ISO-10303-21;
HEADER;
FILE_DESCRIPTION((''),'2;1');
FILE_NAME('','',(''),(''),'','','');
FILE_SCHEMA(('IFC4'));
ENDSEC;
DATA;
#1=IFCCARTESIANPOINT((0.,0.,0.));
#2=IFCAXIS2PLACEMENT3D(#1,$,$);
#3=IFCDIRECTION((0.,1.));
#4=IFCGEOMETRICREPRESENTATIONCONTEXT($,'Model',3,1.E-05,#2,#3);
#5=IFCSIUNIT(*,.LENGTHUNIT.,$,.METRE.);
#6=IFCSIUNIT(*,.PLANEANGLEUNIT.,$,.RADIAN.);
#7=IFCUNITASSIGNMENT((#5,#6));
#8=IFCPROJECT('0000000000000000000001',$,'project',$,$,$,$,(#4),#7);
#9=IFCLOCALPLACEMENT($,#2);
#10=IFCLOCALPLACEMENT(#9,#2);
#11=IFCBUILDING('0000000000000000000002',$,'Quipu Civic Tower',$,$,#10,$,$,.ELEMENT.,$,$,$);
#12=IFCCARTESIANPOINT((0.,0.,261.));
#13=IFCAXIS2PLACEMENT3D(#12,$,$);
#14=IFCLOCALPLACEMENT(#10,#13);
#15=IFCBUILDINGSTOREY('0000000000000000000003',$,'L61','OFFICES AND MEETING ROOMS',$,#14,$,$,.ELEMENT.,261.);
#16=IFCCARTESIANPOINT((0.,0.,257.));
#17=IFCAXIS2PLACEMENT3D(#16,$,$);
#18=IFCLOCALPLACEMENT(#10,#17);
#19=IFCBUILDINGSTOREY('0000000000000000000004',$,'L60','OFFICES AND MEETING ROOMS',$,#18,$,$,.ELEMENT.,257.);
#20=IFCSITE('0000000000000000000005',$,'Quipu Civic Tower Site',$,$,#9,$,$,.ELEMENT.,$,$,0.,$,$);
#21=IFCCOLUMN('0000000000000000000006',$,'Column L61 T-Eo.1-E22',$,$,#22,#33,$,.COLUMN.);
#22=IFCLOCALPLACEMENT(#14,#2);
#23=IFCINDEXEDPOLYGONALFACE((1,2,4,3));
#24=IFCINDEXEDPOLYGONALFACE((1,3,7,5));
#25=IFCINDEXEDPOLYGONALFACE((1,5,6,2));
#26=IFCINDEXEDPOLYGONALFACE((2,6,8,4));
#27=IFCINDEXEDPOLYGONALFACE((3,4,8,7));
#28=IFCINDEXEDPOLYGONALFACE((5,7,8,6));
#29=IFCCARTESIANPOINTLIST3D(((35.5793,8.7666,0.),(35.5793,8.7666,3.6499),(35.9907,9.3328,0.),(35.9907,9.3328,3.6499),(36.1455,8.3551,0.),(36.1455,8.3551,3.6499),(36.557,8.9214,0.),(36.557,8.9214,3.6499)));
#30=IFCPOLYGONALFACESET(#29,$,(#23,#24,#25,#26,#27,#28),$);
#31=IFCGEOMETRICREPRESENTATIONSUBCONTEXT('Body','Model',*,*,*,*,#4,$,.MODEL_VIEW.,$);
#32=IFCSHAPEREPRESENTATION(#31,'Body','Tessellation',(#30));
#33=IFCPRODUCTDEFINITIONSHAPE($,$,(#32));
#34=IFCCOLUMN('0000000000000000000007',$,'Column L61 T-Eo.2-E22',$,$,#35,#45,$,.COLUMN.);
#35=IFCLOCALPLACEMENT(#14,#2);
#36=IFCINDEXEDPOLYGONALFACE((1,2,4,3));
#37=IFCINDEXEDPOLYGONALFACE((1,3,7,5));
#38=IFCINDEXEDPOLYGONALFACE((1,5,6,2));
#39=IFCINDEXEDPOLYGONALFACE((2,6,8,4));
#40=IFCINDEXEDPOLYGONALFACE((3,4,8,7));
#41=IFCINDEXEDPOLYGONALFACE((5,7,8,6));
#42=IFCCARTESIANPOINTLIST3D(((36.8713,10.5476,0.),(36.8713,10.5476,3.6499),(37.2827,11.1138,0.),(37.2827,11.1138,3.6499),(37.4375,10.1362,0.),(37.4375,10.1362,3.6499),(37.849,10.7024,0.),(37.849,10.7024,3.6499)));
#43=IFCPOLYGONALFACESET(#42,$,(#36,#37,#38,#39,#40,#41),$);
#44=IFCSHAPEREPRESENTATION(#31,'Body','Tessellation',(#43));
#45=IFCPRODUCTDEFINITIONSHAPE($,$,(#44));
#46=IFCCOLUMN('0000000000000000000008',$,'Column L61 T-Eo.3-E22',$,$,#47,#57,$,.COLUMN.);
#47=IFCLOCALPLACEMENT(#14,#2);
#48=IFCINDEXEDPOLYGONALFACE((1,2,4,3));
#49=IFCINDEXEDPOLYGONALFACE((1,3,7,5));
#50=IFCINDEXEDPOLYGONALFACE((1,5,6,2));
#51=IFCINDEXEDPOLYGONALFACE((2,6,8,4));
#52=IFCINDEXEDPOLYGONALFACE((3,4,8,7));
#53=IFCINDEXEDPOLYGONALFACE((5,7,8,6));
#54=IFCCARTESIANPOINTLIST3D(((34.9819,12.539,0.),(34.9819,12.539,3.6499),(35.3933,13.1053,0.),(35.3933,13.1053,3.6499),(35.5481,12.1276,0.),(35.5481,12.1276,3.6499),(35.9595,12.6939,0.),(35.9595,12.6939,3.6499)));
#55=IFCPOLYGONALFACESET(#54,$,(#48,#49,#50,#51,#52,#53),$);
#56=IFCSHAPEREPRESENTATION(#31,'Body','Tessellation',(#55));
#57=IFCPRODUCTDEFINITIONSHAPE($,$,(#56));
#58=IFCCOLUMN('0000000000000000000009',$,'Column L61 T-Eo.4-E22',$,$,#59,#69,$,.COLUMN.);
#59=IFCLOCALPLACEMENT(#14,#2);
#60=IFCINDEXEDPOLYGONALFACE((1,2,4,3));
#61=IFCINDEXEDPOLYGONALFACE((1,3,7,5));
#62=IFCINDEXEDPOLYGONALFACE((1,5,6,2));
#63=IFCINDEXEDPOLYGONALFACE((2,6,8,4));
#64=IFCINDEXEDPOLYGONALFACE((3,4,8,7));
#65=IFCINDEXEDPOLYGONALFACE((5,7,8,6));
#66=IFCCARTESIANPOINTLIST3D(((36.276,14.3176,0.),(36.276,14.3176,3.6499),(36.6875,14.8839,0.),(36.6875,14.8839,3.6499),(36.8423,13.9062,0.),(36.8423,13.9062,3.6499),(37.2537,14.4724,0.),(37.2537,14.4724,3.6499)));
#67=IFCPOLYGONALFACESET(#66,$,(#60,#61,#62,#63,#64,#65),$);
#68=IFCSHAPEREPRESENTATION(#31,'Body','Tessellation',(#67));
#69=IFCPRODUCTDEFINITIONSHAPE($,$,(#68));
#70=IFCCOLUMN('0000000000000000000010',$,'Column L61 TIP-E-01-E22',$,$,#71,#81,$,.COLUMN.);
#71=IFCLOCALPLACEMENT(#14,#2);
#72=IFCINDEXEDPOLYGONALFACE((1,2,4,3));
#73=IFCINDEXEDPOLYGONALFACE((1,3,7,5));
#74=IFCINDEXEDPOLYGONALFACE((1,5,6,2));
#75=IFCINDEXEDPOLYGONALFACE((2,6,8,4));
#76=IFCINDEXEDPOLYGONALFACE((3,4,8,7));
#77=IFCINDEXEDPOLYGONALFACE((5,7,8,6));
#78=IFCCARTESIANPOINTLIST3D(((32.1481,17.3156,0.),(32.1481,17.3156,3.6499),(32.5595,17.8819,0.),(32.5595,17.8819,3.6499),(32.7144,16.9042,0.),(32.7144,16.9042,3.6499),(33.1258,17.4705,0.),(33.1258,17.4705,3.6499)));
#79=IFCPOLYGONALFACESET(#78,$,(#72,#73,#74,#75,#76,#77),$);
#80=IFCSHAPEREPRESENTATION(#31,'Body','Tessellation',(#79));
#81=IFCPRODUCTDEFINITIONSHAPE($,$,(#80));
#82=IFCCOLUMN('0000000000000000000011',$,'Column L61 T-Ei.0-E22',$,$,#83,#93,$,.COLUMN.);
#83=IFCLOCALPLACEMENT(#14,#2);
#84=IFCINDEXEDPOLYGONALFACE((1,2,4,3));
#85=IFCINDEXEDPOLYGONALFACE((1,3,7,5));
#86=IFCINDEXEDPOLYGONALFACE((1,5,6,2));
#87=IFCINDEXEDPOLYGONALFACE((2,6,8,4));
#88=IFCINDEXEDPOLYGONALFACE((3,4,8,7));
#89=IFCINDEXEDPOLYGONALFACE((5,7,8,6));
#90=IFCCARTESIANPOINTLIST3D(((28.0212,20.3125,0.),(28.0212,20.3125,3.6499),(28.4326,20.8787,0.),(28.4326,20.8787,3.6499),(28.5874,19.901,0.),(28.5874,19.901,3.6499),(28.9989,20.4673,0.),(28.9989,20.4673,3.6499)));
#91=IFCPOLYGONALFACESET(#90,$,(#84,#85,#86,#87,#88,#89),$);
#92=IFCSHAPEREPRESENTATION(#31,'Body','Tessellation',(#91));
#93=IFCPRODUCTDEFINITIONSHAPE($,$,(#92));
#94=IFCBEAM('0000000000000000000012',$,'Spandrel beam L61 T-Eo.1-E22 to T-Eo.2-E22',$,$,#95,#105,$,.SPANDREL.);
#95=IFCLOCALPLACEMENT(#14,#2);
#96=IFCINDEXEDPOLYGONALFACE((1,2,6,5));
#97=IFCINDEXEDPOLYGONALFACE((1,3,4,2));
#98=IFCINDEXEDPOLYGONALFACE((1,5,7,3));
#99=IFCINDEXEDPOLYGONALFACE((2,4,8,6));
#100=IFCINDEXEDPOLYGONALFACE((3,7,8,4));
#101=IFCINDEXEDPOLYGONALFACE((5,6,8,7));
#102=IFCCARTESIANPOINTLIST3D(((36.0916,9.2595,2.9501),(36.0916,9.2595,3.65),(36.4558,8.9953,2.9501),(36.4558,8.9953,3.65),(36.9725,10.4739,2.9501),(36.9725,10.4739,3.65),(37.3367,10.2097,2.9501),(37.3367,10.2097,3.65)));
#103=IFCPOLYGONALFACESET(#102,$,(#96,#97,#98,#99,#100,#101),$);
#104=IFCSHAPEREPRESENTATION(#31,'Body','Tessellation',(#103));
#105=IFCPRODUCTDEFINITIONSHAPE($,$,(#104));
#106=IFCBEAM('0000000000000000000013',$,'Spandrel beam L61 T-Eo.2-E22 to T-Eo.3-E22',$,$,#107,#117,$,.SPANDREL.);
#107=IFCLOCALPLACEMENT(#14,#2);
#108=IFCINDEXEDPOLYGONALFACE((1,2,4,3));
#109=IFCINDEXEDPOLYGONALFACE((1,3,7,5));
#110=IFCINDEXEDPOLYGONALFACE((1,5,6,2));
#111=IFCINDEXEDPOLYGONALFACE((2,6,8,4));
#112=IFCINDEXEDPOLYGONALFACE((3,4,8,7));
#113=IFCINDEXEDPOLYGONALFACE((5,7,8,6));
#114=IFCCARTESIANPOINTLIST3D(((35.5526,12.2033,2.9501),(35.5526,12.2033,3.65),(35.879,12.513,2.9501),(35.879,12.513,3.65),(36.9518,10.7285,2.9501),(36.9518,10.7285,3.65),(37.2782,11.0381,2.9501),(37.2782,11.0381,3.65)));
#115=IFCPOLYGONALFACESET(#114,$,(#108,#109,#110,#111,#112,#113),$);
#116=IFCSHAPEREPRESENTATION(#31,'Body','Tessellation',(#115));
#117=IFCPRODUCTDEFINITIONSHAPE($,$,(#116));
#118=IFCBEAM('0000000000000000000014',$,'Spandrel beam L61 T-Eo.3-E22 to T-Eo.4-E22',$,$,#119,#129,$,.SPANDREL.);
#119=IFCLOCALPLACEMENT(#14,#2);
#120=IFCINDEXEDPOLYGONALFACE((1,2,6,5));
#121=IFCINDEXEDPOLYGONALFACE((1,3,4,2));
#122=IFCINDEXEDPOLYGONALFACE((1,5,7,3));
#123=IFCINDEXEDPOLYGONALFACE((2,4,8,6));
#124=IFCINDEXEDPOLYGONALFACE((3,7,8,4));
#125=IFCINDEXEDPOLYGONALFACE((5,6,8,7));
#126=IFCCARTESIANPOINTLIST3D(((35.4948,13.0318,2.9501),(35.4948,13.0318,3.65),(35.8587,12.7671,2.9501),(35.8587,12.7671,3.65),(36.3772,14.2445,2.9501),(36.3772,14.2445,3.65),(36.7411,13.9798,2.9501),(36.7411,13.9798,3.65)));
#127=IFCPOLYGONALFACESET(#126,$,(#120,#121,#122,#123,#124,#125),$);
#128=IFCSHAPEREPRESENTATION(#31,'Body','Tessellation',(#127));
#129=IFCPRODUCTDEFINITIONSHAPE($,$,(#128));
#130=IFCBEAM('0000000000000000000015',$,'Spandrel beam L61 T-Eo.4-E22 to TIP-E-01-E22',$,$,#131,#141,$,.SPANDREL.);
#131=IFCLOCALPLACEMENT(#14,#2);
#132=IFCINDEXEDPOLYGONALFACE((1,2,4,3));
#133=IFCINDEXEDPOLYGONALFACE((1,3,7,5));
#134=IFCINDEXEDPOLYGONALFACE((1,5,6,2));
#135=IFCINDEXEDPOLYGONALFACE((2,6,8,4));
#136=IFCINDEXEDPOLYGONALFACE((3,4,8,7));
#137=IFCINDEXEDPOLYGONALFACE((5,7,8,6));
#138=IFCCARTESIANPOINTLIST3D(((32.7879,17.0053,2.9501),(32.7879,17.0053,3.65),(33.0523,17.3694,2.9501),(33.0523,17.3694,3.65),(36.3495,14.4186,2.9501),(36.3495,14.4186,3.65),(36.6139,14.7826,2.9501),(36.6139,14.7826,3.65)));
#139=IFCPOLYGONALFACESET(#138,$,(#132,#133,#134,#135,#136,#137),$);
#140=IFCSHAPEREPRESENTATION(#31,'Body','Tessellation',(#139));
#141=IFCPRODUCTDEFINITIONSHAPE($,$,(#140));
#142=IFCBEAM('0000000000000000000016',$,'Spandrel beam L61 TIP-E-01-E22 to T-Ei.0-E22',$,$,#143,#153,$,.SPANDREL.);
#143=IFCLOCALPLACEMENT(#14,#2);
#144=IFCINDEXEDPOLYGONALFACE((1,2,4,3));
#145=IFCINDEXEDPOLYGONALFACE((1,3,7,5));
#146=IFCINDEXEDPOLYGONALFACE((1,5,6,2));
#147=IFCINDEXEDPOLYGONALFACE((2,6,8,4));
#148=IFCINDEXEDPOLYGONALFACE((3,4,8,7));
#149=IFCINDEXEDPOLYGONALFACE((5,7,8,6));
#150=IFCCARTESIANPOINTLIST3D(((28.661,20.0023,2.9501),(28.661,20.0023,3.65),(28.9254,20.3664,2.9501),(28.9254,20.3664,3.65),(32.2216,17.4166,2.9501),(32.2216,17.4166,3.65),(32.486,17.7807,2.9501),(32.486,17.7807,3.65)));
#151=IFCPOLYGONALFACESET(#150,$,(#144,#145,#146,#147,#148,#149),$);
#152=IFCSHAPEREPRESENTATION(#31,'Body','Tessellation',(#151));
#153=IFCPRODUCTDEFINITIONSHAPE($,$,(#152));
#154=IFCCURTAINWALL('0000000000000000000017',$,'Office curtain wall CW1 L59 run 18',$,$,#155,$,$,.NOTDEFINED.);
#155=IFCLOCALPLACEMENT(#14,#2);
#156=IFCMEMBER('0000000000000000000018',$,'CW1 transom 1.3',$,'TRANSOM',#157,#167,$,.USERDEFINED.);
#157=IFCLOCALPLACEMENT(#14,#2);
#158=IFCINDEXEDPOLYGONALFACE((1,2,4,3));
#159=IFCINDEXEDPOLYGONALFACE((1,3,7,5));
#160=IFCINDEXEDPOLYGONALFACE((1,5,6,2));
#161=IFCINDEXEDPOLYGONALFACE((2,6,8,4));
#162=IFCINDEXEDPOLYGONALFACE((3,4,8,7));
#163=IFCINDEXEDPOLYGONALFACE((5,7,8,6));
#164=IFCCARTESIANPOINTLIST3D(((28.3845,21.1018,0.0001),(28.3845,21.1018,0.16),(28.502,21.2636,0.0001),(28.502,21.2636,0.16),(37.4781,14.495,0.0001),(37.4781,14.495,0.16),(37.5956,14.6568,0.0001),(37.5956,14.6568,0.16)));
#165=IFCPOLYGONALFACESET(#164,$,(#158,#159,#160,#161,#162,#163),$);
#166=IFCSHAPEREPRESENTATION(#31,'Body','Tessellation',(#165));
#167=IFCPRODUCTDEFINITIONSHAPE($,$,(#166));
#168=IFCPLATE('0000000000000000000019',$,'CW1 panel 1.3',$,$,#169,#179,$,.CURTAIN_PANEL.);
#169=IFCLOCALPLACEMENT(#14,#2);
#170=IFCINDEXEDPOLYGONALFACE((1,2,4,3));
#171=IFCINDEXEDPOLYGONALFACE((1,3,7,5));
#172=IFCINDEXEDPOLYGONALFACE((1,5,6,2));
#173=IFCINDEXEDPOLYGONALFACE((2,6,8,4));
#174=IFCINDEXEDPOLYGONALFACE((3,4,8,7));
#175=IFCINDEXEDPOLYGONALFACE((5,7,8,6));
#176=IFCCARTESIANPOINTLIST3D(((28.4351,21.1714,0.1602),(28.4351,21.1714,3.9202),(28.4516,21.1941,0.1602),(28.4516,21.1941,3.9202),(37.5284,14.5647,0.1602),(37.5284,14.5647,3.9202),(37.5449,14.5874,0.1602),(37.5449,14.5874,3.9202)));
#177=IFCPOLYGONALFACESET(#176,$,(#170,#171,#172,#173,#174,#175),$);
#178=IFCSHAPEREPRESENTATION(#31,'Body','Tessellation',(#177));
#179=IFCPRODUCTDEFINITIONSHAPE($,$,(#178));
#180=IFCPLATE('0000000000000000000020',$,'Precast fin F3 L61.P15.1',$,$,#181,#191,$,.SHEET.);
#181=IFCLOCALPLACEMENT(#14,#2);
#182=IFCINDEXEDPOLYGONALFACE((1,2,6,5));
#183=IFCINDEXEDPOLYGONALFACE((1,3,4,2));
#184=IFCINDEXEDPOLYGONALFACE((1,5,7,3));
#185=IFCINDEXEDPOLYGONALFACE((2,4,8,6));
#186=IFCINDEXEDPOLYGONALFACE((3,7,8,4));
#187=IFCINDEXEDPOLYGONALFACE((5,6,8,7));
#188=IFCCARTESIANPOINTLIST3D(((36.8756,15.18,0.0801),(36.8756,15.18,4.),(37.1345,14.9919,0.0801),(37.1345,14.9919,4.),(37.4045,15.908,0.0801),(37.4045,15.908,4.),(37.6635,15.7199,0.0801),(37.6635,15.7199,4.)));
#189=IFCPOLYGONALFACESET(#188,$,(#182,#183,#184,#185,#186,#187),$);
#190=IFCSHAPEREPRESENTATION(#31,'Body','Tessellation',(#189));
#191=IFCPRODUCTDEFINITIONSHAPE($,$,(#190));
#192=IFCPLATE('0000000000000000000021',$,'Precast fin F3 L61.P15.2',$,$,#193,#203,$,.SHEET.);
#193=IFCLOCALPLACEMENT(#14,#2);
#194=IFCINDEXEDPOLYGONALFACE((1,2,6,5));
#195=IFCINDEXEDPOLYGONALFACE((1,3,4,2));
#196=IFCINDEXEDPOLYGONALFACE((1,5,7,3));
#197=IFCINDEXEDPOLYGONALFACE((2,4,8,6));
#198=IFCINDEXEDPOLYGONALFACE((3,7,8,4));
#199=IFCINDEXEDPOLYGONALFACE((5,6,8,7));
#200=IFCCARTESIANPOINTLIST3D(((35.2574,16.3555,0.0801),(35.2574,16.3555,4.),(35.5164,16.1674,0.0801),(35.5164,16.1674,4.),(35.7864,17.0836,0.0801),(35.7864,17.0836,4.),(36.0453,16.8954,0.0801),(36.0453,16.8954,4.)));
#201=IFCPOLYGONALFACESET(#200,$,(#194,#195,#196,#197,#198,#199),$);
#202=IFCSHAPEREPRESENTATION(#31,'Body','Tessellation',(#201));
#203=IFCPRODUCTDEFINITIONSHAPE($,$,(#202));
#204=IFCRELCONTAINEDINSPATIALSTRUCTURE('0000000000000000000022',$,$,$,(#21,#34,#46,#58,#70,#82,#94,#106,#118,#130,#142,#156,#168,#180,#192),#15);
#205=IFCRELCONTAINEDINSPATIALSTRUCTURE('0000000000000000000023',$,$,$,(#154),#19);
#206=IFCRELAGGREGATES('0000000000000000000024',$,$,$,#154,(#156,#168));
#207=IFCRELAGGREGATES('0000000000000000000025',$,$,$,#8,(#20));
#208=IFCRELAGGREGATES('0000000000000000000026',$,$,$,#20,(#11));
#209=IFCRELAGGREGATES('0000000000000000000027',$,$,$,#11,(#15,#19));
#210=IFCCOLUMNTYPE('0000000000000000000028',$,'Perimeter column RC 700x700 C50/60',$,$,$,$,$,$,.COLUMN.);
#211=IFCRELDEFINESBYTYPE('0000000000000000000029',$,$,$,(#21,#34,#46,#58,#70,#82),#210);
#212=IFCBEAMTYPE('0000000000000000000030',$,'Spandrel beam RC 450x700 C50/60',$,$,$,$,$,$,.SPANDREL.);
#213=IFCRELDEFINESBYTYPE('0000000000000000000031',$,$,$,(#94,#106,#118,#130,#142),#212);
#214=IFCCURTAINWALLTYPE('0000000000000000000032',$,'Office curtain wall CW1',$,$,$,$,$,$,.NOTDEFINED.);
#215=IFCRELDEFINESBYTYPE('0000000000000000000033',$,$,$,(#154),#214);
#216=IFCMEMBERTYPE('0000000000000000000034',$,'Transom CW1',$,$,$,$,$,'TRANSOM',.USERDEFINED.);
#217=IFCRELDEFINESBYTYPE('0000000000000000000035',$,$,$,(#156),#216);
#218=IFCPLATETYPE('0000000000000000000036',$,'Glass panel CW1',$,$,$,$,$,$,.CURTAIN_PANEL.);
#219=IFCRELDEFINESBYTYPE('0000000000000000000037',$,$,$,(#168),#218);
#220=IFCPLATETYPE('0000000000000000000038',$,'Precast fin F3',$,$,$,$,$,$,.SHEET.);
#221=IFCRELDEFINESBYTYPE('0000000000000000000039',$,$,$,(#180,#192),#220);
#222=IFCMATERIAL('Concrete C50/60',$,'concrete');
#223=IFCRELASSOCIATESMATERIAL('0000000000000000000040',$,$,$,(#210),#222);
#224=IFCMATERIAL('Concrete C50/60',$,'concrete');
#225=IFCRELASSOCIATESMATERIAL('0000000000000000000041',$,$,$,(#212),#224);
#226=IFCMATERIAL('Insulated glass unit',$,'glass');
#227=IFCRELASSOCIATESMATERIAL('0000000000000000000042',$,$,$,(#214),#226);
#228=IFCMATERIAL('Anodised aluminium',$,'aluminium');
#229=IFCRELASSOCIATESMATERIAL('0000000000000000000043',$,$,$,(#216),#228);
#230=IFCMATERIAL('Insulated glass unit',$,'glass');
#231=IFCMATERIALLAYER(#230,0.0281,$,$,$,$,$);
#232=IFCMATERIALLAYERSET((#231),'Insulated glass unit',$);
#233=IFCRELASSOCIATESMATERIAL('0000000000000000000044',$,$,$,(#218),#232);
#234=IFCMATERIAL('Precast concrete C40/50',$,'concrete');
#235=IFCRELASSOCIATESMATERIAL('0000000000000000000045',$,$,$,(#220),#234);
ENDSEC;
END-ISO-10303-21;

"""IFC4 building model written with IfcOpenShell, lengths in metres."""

from ifc_helpers import new_model, si_unit, direction, frame, origin, origin_2d, place, context, subcontext, project, spatial, rectangle, extrude, material, layer, layer_set, material_profile, profile_set, type_object, element, aggregate, save


model = new_model("IFC4")

# Units and contexts
model_context = context("Model", 3, precision=1e-05, world=origin(), true_north=direction((0.0, 1.0)))
body_context = subcontext(model_context, "Body", "Model", "MODEL_VIEW")
ifc_project = project(units=[si_unit("LENGTHUNIT", "METRE"), si_unit("PLANEANGLEUNIT", "RADIAN")], contexts=[model_context])

# Site, building, storey
site_placement = place(None, origin())
site = spatial("IfcSite", under=ifc_project, at=site_placement, Name="Quipu Civic Tower Site", CompositionType="ELEMENT", RefElevation=0.0)
building_placement = place(site_placement, origin())
building = spatial("IfcBuilding", under=site, at=building_placement, Name="Quipu Civic Tower", CompositionType="ELEMENT")
storey_1_placement = place(building_placement, frame((0.0, 0.0, 261.0)))
storey_1 = spatial("IfcBuildingStorey", under=building, at=storey_1_placement, Name="L61", Description="OFFICES AND MEETING ROOMS", CompositionType="ELEMENT", Elevation=261.0)

# Columns
ifc_material_1 = material(Name="Concrete C50/60", Category="concrete")
ifc_material_profile_1 = material_profile(ifc_material_1, rectangle(XDim=0.7, YDim=0.7, at=origin_2d()), Name="RC700x700")
ifc_profile_set_1 = profile_set([ifc_material_profile_1], Name="Concrete C50/60")
column_type = type_object("IfcColumnType", Name="Perimeter column RC 700x700 C50/60", PredefinedType="COLUMN", material=ifc_profile_set_1)
for number, where, z_axis, x_axis, name in (
    (1, (36.0681, 8.844, 0.0), (0.0, 0.0, 1.0), (0.587785, 0.809017, 0.0), "Column L61 T-Eo.1-E22"),
    (2, (37.3601, 10.625, 0.0), (0.0, 0.0, 1.0), (0.587785, 0.809017, 0.0), "Column L61 T-Eo.2-E22"),
    (3, (35.4707, 12.6165, 0.0), (0.0, 0.0, 1.0), (-0.809017, 0.587785, 0.0), "Column L61 T-Eo.3-E22"),
    (4, (36.7649, 14.395, 0.0), (0.0, 0.0, 1.0), (-0.809017, 0.587785, 0.0), "Column L61 T-Eo.4-E22"),
    (5, (32.637, 17.3931, 0.0), (0.0, 0.0, 1.0), (-0.809017, 0.587785, 0.0), "Column L61 TIP-E-01-E22"),
    (6, (28.51, 20.3899, 0.0), (0.0, 0.0, 1.0), (-0.587785, -0.809017, 0.0), "Column L61 T-Ei.0-E22"),
):
    element("IfcColumn", number, at=place(storey_1_placement, frame(where, z_axis=z_axis, x_axis=x_axis)), inside=storey_1, type_object=column_type, Name=name, PredefinedType="COLUMN", context=body_context, shape_type="SweptSolid", body=[
        extrude(rectangle(XDim=0.7, YDim=0.7, at=origin_2d()), origin(), (0.0, 0.0, 1.0), 3.6499),
    ])

# Beams
ifc_material_2 = material(Name="Concrete C50/60", Category="concrete")
ifc_material_profile_2 = material_profile(ifc_material_2, rectangle(XDim=0.45, YDim=0.7, at=origin_2d()), Name="RC450x700")
ifc_profile_set_2 = profile_set([ifc_material_profile_2], Name="Concrete C50/60")
beam_type = type_object("IfcBeamType", Name="Spandrel beam RC 450x700 C50/60", PredefinedType="SPANDREL", material=ifc_profile_set_2)
beam_1_placement = place(storey_1_placement, frame((36.2737, 9.1274, 3.3), z_axis=(0.587165, 0.809467, 0.0), x_axis=(-0.809467, 0.587165, 0.0)))
element("IfcBeam", 7, at=beam_1_placement, inside=storey_1, type_object=beam_type, Name="Spandrel beam L61 T-Eo.1-E22 to T-Eo.2-E22", PredefinedType="SPANDREL", context=body_context, shape_type="SweptSolid", body=[
    extrude(rectangle(XDim=0.45, YDim=0.7, at=origin_2d()), origin(), (0.0, 0.0, 1.0), 1.5002),
])
beam_2_placement = place(storey_1_placement, frame((37.115, 10.8833, 3.3), z_axis=(-0.688247, 0.725476, 0.0), x_axis=(-0.725476, -0.688247, 0.0)))
element("IfcBeam", 8, at=beam_2_placement, inside=storey_1, type_object=beam_type, Name="Spandrel beam L61 T-Eo.2-E22 to T-Eo.3-E22", PredefinedType="SPANDREL", context=body_context, shape_type="SweptSolid", body=[
    extrude(rectangle(XDim=0.45, YDim=0.7, at=origin_2d()), origin(), (0.0, 0.0, 1.0), 2.033),
])
beam_3_placement = place(storey_1_placement, frame((35.6768, 12.8994, 3.3), z_axis=(0.588346, 0.808609, 0.0), x_axis=(-0.808609, 0.588346, 0.0)))
element("IfcBeam", 9, at=beam_3_placement, inside=storey_1, type_object=beam_type, Name="Spandrel beam L61 T-Eo.3-E22 to T-Eo.4-E22", PredefinedType="SPANDREL", context=body_context, shape_type="SweptSolid", body=[
    extrude(rectangle(XDim=0.45, YDim=0.7, at=origin_2d()), origin(), (0.0, 0.0, 1.0), 1.4998),
])
beam_4_placement = place(storey_1_placement, frame((36.4817, 14.6006, 3.3), z_axis=(-0.809117, 0.587647, 0.0), x_axis=(-0.587647, -0.809117, 0.0)))
element("IfcBeam", 10, at=beam_4_placement, inside=storey_1, type_object=beam_type, Name="Spandrel beam L61 T-Eo.4-E22 to TIP-E-01-E22", PredefinedType="SPANDREL", context=body_context, shape_type="SweptSolid", body=[
    extrude(rectangle(XDim=0.45, YDim=0.7, at=origin_2d()), origin(), (0.0, 0.0, 1.0), 4.4019),
])
beam_5_placement = place(storey_1_placement, frame((32.3538, 17.5986, 3.3), z_axis=(-0.809146, 0.587607, 0.0), x_axis=(-0.587607, -0.809146, 0.0)))
element("IfcBeam", 11, at=beam_5_placement, inside=storey_1, type_object=beam_type, Name="Spandrel beam L61 TIP-E-01-E22 to T-Ei.0-E22", PredefinedType="SPANDREL", context=body_context, shape_type="SweptSolid", body=[
    extrude(rectangle(XDim=0.45, YDim=0.7, at=origin_2d()), origin(), (0.0, 0.0, 1.0), 4.4004),
])

# Shared definitions
storey_2_placement = place(building_placement, frame((0.0, 0.0, 257.0)))
storey_2 = spatial("IfcBuildingStorey", under=building, at=storey_2_placement, Name="L60", Description="OFFICES AND MEETING ROOMS", CompositionType="ELEMENT", Elevation=257.0)

# Curtain wall, member, plate
ifc_material_3 = material(Name="Insulated glass unit", Category="glass")
curtain_wall_type = type_object("IfcCurtainWallType", Name="Office curtain wall CW1", PredefinedType="NOTDEFINED", material=ifc_material_3)
curtain_wall_placement = place(storey_2_placement, origin())
curtain_wall = element("IfcCurtainWall", 12, at=curtain_wall_placement, inside=storey_2, type_object=curtain_wall_type, Name="Office curtain wall CW1 L59 run 18", PredefinedType="NOTDEFINED")
ifc_material_4 = material(Name="Anodised aluminium", Category="aluminium")
ifc_material_profile_3 = material_profile(ifc_material_4, rectangle(XDim=0.2, YDim=0.1599, at=origin_2d()), Name="RECT 200x160")
ifc_profile_set_3 = profile_set([ifc_material_profile_3], Name="Anodised aluminium")
member_type = type_object("IfcMemberType", Name="Transom CW1", ElementType="TRANSOM", PredefinedType="USERDEFINED", material=ifc_profile_set_3)
member_placement = place(storey_1_placement, frame((37.5369, 14.5759, 0.0801), z_axis=(-0.809022, 0.587778, 0.0), x_axis=(-0.587778, -0.809022, 0.0)))
member = element("IfcMember", 13, at=member_placement, inside=storey_1, type_object=member_type, Name="CW1 transom 1.3", ObjectType="TRANSOM", PredefinedType="USERDEFINED", context=body_context, shape_type="SweptSolid", body=[
    extrude(rectangle(XDim=0.2, YDim=0.1599, at=origin_2d()), origin(), (0.0, 0.0, 1.0), 11.2402),
])
ifc_material_5 = material(Name="Insulated glass unit", Category="glass")
ifc_layer = layer(ifc_material_5, 0.0281)
ifc_layer_set = layer_set([ifc_layer], Name="Insulated glass unit")
plate_type_1 = type_object("IfcPlateType", Name="Glass panel CW1", PredefinedType="CURTAIN_PANEL", material=ifc_layer_set)
plate_placement = place(storey_1_placement, frame((32.99, 17.8794, 0.1602), z_axis=(0.0, 0.0, 1.0), x_axis=(-0.809015, 0.587788, 0.0)))
plate = element("IfcPlate", 14, at=plate_placement, inside=storey_1, type_object=plate_type_1, Name="CW1 panel 1.3", PredefinedType="CURTAIN_PANEL", context=body_context, shape_type="SweptSolid", body=[
    extrude(rectangle(XDim=11.24, YDim=0.0281, at=origin_2d()), origin(), (0.0, 0.0, 1.0), 3.76),
])
aggregate(curtain_wall, [member, plate])

# Plates
ifc_material_6 = material(Name="Precast concrete C40/50", Category="concrete")
plate_type_2 = type_object("IfcPlateType", Name="Precast fin F3", PredefinedType="SHEET", material=ifc_material_6)
for number, where, z_axis, x_axis, name in (
    (15, (37.2695, 15.45, 0.0801), (0.0, 0.0, 1.0), (-0.809017, 0.587785, 0.0), "Precast fin F3 L61.P15.1"),
    (16, (35.6514, 16.6255, 0.0801), (0.0, 0.0, 1.0), (-0.809017, 0.587785, 0.0), "Precast fin F3 L61.P15.2"),
):
    element("IfcPlate", number, at=place(storey_1_placement, frame(where, z_axis=z_axis, x_axis=x_axis)), inside=storey_1, type_object=plate_type_2, Name=name, PredefinedType="SHEET", context=body_context, shape_type="SweptSolid", body=[
        extrude(rectangle(XDim=0.3201, YDim=0.8999, at=origin_2d()), origin(), (0.0, 0.0, 1.0), 3.9199),
    ])

save(model, "model.ifc")
